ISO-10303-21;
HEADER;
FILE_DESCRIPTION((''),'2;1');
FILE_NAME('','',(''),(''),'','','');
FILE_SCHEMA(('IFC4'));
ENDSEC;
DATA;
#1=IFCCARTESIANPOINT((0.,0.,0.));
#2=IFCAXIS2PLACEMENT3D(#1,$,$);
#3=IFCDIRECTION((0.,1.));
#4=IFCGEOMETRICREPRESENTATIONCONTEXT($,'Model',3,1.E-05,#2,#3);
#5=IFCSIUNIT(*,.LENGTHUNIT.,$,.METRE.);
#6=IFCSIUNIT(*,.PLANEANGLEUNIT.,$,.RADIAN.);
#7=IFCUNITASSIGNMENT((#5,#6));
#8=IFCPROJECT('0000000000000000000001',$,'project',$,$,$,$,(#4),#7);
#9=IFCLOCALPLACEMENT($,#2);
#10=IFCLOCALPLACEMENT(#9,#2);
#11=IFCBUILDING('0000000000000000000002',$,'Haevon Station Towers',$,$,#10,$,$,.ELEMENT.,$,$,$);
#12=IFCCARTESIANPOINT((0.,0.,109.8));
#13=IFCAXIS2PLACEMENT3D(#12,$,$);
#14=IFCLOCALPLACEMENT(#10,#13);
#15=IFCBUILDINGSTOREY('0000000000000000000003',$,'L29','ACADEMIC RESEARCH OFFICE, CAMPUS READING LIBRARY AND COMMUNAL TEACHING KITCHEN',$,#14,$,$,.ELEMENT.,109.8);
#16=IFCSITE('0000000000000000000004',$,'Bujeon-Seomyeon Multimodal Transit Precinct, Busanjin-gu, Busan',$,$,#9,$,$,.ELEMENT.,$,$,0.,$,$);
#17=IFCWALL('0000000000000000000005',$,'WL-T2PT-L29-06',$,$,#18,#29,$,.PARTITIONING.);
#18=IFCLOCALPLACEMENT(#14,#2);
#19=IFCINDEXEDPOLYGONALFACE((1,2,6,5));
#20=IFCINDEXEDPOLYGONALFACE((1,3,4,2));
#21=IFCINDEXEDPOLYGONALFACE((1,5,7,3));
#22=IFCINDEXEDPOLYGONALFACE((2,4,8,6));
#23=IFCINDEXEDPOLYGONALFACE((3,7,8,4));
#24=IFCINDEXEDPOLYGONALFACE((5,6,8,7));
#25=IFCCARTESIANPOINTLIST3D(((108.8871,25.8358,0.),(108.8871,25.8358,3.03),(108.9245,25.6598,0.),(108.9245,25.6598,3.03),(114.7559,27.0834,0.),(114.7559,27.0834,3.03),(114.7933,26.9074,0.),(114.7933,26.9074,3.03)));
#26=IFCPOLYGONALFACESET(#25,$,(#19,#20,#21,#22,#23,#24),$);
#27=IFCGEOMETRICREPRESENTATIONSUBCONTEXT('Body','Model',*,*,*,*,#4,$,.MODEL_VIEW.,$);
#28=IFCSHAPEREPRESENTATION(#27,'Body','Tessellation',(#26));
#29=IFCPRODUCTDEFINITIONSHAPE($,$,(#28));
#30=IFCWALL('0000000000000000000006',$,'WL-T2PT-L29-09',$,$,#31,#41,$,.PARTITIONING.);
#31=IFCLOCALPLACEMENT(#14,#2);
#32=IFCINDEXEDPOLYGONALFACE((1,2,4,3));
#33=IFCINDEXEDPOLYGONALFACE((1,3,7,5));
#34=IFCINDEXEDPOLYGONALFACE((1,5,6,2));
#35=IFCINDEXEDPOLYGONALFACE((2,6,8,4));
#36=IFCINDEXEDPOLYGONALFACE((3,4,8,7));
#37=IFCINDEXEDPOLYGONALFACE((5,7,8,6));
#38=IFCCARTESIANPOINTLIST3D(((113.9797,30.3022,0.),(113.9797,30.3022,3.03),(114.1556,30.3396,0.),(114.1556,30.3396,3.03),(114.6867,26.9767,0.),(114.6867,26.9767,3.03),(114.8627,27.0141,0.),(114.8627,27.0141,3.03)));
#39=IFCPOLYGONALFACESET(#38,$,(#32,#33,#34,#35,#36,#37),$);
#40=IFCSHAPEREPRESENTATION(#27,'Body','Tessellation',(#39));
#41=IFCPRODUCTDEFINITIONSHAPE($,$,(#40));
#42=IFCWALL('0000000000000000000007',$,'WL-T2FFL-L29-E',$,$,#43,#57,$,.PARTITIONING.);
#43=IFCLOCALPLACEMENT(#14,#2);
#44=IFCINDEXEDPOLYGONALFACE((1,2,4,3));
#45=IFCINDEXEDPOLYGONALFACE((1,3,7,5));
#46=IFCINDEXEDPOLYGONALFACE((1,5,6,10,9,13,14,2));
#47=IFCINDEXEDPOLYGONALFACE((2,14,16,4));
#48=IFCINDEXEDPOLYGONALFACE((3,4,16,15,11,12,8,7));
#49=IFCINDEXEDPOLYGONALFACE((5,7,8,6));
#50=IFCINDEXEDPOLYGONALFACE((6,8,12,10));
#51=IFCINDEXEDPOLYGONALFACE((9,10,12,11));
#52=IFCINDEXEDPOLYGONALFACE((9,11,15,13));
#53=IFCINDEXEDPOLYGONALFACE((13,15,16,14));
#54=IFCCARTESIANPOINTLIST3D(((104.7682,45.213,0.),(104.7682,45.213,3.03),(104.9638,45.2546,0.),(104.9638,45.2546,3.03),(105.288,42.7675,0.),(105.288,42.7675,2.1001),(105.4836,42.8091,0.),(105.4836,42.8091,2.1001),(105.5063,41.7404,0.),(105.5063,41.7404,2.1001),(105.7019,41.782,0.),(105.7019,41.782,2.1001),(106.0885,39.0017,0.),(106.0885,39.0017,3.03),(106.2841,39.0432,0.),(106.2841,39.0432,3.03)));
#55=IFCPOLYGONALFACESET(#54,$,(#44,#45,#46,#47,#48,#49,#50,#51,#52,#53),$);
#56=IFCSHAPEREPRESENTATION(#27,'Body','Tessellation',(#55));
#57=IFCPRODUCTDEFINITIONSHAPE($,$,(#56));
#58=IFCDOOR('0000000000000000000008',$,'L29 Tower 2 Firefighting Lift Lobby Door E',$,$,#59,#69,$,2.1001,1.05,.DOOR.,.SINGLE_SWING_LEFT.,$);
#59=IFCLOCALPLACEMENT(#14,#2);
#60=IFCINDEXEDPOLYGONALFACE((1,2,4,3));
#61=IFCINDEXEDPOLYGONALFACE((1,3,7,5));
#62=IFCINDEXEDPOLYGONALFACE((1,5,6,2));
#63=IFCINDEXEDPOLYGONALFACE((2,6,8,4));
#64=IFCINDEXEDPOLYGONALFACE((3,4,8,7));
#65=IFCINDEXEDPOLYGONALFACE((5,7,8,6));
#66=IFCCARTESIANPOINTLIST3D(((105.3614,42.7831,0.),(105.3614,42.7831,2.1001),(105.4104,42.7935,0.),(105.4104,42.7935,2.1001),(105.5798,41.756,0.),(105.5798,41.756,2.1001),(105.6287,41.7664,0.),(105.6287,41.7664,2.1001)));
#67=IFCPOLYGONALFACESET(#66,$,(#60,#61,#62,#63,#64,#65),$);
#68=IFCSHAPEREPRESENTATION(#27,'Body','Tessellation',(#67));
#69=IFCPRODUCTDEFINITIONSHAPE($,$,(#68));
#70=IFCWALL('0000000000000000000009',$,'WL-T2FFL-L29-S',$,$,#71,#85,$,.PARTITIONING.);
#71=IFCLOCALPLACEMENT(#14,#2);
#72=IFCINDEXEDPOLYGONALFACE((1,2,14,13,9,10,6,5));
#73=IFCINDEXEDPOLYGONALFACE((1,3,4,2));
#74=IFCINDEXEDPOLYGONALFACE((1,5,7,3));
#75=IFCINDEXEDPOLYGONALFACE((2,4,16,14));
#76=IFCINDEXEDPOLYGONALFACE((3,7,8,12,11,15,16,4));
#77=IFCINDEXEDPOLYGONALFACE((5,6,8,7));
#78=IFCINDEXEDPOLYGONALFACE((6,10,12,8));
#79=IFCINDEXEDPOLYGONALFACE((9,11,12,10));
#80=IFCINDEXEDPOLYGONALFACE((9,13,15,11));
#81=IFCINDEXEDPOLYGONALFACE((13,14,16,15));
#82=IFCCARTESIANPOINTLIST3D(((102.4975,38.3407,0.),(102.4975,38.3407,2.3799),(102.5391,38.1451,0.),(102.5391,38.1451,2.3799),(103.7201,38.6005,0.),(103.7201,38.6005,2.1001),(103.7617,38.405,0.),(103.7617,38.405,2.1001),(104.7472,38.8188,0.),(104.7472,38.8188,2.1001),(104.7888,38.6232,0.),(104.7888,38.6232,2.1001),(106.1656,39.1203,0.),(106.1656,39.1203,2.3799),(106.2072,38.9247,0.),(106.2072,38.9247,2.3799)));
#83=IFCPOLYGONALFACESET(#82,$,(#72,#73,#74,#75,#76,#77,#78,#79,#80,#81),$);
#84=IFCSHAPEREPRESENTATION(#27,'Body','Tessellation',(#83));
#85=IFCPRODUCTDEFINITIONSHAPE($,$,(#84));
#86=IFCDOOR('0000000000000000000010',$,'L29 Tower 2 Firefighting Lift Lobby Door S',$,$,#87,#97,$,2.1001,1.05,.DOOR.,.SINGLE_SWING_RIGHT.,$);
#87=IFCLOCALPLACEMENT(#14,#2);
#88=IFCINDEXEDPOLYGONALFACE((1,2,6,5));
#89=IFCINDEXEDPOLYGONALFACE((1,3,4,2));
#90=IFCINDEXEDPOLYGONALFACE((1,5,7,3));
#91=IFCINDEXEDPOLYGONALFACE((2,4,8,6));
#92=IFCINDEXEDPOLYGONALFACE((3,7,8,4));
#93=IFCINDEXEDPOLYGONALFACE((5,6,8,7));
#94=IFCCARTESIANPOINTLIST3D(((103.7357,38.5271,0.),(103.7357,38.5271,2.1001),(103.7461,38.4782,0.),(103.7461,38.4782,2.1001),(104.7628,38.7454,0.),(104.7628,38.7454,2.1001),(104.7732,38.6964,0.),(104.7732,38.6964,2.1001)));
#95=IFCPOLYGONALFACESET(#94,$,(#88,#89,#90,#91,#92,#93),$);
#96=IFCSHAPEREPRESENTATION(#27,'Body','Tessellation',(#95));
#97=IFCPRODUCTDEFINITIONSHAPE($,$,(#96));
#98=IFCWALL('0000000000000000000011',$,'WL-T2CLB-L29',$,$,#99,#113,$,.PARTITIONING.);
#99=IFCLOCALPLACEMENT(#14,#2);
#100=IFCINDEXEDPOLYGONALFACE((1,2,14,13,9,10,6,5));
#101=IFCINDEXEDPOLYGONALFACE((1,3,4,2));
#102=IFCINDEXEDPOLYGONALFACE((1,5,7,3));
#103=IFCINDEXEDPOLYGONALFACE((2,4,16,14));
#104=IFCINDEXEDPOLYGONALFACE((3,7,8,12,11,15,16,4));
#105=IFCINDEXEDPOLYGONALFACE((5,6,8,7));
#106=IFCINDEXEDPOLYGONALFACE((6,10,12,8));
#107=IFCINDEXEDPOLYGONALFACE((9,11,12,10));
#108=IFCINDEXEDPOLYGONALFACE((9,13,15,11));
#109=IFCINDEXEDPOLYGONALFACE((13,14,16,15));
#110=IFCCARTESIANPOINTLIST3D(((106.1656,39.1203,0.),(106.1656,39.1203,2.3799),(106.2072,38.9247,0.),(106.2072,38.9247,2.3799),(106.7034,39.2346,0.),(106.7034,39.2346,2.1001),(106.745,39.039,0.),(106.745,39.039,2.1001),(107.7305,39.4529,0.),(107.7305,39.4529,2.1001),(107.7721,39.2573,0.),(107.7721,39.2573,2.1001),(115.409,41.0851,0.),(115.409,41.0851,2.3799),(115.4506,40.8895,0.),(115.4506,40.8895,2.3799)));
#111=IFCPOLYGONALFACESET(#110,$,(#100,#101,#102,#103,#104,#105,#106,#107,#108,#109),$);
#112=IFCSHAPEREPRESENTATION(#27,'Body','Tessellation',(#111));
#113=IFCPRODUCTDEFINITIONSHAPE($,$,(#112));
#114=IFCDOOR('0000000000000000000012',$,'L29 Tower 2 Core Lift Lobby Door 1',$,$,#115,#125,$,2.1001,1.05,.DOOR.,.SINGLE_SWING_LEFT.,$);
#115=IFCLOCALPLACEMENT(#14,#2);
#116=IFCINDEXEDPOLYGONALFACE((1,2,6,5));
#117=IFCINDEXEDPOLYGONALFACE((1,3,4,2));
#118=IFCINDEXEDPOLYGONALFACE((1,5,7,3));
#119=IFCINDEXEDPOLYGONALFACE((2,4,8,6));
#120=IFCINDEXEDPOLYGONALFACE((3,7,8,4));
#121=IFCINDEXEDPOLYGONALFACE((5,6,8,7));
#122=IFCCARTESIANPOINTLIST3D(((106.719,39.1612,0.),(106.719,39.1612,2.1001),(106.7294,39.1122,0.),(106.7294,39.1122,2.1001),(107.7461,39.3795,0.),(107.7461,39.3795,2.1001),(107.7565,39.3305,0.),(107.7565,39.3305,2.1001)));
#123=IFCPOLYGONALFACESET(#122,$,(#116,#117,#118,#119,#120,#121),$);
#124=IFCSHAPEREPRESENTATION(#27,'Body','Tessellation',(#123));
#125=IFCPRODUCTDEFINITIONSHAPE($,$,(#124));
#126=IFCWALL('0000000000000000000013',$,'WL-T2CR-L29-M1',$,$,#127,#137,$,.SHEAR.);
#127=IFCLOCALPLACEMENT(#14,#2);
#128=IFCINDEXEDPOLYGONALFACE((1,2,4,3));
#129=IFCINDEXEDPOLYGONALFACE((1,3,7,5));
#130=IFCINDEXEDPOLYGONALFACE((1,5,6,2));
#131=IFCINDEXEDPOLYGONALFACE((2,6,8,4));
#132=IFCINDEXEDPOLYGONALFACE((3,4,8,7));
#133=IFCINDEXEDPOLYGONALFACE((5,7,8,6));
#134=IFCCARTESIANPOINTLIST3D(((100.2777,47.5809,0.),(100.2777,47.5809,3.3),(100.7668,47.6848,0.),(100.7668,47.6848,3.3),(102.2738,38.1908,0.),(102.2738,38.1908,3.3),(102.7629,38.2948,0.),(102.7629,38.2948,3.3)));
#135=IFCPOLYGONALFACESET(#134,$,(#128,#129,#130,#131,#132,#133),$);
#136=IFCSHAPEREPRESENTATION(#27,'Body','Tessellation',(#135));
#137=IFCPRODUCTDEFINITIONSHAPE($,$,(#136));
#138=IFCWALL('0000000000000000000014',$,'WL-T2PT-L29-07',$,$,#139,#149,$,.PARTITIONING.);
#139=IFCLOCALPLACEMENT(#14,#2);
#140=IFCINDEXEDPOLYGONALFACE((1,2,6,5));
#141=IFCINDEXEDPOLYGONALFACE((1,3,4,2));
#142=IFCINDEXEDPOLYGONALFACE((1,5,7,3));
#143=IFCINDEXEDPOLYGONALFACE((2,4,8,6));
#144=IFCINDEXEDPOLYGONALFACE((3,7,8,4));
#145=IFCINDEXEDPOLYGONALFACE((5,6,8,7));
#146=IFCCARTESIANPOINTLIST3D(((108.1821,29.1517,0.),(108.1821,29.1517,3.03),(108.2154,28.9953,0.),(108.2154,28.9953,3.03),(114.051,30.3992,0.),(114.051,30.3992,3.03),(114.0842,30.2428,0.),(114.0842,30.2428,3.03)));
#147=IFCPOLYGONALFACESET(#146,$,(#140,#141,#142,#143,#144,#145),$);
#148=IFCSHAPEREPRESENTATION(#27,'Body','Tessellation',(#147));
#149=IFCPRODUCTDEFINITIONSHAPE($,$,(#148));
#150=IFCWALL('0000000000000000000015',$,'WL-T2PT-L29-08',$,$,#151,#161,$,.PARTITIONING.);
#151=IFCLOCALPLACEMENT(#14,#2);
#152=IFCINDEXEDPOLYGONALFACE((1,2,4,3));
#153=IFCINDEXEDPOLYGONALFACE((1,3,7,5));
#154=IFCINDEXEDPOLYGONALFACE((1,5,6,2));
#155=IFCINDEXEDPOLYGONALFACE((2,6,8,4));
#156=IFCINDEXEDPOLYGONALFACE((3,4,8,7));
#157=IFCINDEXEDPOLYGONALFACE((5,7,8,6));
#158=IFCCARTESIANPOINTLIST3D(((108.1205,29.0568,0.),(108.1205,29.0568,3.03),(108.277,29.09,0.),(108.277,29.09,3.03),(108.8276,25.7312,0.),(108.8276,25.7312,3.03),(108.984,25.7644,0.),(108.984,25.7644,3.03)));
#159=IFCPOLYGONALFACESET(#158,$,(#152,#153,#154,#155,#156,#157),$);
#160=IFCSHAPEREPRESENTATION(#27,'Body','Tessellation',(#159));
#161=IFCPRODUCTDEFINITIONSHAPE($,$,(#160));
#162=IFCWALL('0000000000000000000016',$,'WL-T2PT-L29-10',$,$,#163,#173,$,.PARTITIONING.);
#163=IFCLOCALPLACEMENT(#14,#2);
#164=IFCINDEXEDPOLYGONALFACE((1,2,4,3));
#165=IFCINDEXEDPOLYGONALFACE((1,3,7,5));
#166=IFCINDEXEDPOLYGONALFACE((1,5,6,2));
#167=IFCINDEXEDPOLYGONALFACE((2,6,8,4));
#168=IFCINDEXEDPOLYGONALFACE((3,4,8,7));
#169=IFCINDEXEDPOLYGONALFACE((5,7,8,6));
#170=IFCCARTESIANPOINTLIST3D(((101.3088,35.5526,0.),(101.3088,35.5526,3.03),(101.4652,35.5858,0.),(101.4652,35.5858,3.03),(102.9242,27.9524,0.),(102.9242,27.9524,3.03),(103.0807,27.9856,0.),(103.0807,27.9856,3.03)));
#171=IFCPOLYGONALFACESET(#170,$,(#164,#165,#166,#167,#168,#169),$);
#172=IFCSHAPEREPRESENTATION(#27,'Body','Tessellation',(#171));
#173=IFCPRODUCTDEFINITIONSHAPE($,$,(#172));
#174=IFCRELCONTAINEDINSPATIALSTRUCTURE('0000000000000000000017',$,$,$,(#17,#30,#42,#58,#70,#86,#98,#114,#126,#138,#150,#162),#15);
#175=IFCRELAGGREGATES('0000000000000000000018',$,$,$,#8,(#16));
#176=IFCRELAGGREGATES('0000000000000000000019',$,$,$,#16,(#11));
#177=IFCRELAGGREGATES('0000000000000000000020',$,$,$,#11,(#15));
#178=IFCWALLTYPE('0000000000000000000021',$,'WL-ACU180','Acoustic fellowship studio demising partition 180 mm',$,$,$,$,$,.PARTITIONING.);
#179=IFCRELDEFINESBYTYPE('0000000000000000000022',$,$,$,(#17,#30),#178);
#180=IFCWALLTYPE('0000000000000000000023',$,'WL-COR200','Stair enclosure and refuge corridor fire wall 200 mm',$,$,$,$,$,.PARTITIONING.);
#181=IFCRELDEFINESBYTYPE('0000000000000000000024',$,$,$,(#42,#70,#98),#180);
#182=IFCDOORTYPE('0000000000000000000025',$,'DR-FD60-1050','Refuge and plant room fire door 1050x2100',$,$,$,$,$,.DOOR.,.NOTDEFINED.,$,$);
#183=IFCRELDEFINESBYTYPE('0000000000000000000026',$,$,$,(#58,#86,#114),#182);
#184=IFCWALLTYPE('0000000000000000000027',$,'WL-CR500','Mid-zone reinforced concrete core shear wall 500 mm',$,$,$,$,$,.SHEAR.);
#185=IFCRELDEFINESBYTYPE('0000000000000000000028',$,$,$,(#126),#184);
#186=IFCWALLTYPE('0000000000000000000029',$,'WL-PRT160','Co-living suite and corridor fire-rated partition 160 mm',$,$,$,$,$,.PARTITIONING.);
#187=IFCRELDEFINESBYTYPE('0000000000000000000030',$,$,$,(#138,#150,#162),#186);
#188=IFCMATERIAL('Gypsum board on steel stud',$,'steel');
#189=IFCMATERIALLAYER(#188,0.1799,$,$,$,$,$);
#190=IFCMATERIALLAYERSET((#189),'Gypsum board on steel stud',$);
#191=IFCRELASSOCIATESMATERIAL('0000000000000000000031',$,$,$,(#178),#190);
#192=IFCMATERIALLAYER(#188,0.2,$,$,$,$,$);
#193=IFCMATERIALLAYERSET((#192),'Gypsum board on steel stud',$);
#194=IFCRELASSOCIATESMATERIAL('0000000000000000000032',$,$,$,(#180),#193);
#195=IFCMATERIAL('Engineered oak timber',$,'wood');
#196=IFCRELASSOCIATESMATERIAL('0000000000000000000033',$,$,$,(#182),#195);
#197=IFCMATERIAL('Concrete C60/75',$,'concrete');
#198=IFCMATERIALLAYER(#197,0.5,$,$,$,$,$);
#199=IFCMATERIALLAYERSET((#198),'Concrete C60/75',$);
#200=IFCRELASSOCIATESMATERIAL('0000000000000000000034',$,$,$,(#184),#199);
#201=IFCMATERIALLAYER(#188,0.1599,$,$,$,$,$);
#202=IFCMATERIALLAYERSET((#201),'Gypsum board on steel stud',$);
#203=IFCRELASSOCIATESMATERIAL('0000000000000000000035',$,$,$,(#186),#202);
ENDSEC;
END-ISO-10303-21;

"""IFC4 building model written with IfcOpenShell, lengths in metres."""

from ifc_helpers import new_model, si_unit, direction, frame, frame_2d, origin, place, context, subcontext, project, spatial, rectangle, extrude, material, layer, layer_set, type_object, element, fill, save


model = new_model("IFC4")

# Units and contexts
model_context = context("Model", 3, precision=1e-05, world=origin(), true_north=direction((0.0, 1.0)))
body_context = subcontext(model_context, "Body", "Model", "MODEL_VIEW")
ifc_project = project(units=[si_unit("LENGTHUNIT", "METRE"), si_unit("PLANEANGLEUNIT", "RADIAN")], contexts=[model_context])

# Site, building, storey
site_placement = place(None, origin())
site = spatial("IfcSite", under=ifc_project, at=site_placement, Name="Bujeon-Seomyeon Multimodal Transit Precinct, Busanjin-gu, Busan", CompositionType="ELEMENT", RefElevation=0.0)
building_placement = place(site_placement, origin())
building = spatial("IfcBuilding", under=site, at=building_placement, Name="Haevon Station Towers", CompositionType="ELEMENT")
storey_placement = place(building_placement, frame((0.0, 0.0, 109.8)))
storey = spatial("IfcBuildingStorey", under=building, at=storey_placement, Name="L29", Description="ACADEMIC RESEARCH OFFICE, CAMPUS READING LIBRARY AND COMMUNAL TEACHING KITCHEN", CompositionType="ELEMENT", Elevation=109.8)

# Walls
ifc_material_1 = material(Name="Gypsum board on steel stud", Category="steel")
ifc_layer_1 = layer(ifc_material_1, 0.1799)
ifc_layer_set_1 = layer_set([ifc_layer_1], Name="Gypsum board on steel stud")
wall_type_1 = type_object("IfcWallType", Name="WL-ACU180", Description="Acoustic fellowship studio demising partition 180 mm", PredefinedType="PARTITIONING", material=ifc_layer_set_1)
wall_1_placement = place(storey_placement, frame((108.9058, 25.7478, 0.0), z_axis=(0.0, 0.0, 1.0), x_axis=(0.978145, 0.207925, 0.0)))
element("IfcWall", 1, at=wall_1_placement, inside=storey, type_object=wall_type_1, Name="WL-T2PT-L29-06", PredefinedType="PARTITIONING", context=body_context, shape_type="SweptSolid", body=[
    extrude(rectangle(XDim=6.0, YDim=0.1799, at=frame_2d((3.0, 0.0))), origin(), (0.0, 0.0, 1.0), 3.03),
])
wall_2_placement = place(storey_placement, frame((114.7747, 26.9954, 0.0), z_axis=(0.0, 0.0, 1.0), x_axis=(-0.20795, 0.97814, 0.0)))
element("IfcWall", 2, at=wall_2_placement, inside=storey, type_object=wall_type_1, Name="WL-T2PT-L29-09", PredefinedType="PARTITIONING", context=body_context, shape_type="SweptSolid", body=[
    extrude(rectangle(XDim=3.3999, YDim=0.1799, at=frame_2d((1.7, 0.0))), origin(), (0.0, 0.0, 1.0), 3.03),
])

# Walls, openings, doors
ifc_layer_2 = layer(ifc_material_1, 0.2)
ifc_layer_set_2 = layer_set([ifc_layer_2], Name="Gypsum board on steel stud")
wall_type_2 = type_object("IfcWallType", Name="WL-COR200", Description="Stair enclosure and refuge corridor fire wall 200 mm", PredefinedType="PARTITIONING", material=ifc_layer_set_2)
wall_3_placement = place(storey_placement, frame((106.1863, 39.0225, 0.0), z_axis=(0.0, 0.0, 1.0), x_axis=(-0.207917, 0.978147, 0.0)))
wall_3 = element("IfcWall", 3, at=wall_3_placement, inside=storey, type_object=wall_type_2, Name="WL-T2FFL-L29-E", PredefinedType="PARTITIONING", context=body_context, shape_type="SweptSolid", body=[
    extrude(rectangle(XDim=6.3501, YDim=0.2, at=frame_2d((3.175, 0.0))), origin(), (0.0, 0.0, 1.0), 3.03),
])
opening_1_placement = place(wall_3_placement, frame((2.8, 0.0, 0.0)))
opening_1 = element("IfcOpeningElement", 4, at=opening_1_placement, cuts=wall_3, PredefinedType="OPENING", context=body_context, shape_type="SweptSolid", body=[
    extrude(rectangle(XDim=1.05, YDim=2.1001, at=frame_2d((0.5249, 1.05))), frame((0.0, 0.1099, 0.0), z_axis=(0.0, -1.0, 0.0), x_axis=(1.0, 0.0, 0.0)), (0.0, 0.0, 1.0), 0.22),
])
ifc_material_2 = material(Name="Engineered oak timber", Category="wood")
door_type = type_object("IfcDoorType", Name="DR-FD60-1050", Description="Refuge and plant room fire door 1050x2100", OperationType="NOTDEFINED", PredefinedType="DOOR", material=ifc_material_2)
door_1_placement = place(opening_1_placement, origin())
door_1 = element("IfcDoor", 5, at=door_1_placement, inside=storey, type_object=door_type, Name="L29 Tower 2 Firefighting Lift Lobby Door E", OperationType="SINGLE_SWING_LEFT", OverallHeight=2.1001, OverallWidth=1.05, PredefinedType="DOOR", context=body_context, shape_type="SweptSolid", body=[
    extrude(rectangle(XDim=1.05, YDim=2.1001, at=frame_2d((0.5249, 1.05))), frame((0.0, 0.0249, 0.0), z_axis=(0.0, -1.0, 0.0), x_axis=(1.0, 0.0, 0.0)), (0.0, 0.0, 1.0), 0.05),
])
fill(opening_1, door_1)
wall_4_placement = place(storey_placement, frame((102.5183, 38.2429, 0.0), z_axis=(0.0, 0.0, 1.0), x_axis=(0.978154, 0.207884, 0.0)))
wall_4 = element("IfcWall", 6, at=wall_4_placement, inside=storey, type_object=wall_type_2, Name="WL-T2FFL-L29-S", PredefinedType="PARTITIONING", context=body_context, shape_type="SweptSolid", body=[
    extrude(rectangle(XDim=3.75, YDim=0.2, at=frame_2d((1.875, 0.0))), origin(), (0.0, 0.0, 1.0), 2.3799),
])
opening_2_placement = place(wall_4_placement, frame((1.25, 0.0, 0.0)))
opening_2 = element("IfcOpeningElement", 7, at=opening_2_placement, cuts=wall_4, PredefinedType="OPENING", context=body_context, shape_type="SweptSolid", body=[
    extrude(rectangle(XDim=1.05, YDim=2.1001, at=frame_2d((0.5249, 1.05))), frame((0.0, 0.1099, 0.0), z_axis=(0.0, -1.0, 0.0), x_axis=(1.0, 0.0, 0.0)), (0.0, 0.0, 1.0), 0.22),
])
door_2_placement = place(opening_2_placement, origin())
door_2 = element("IfcDoor", 8, at=door_2_placement, inside=storey, type_object=door_type, Name="L29 Tower 2 Firefighting Lift Lobby Door S", OperationType="SINGLE_SWING_RIGHT", OverallHeight=2.1001, OverallWidth=1.05, PredefinedType="DOOR", context=body_context, shape_type="SweptSolid", body=[
    extrude(rectangle(XDim=1.05, YDim=2.1001, at=frame_2d((0.5249, 1.05))), frame((0.0, 0.0249, 0.0), z_axis=(0.0, -1.0, 0.0), x_axis=(1.0, 0.0, 0.0)), (0.0, 0.0, 1.0), 0.05),
])
fill(opening_2, door_2)
wall_5_placement = place(storey_placement, frame((106.1863, 39.0225, 0.0), z_axis=(0.0, 0.0, 1.0), x_axis=(0.978146, 0.207921, 0.0)))
wall_5 = element("IfcWall", 9, at=wall_5_placement, inside=storey, type_object=wall_type_2, Name="WL-T2CLB-L29", PredefinedType="PARTITIONING", context=body_context, shape_type="SweptSolid", body=[
    extrude(rectangle(XDim=9.45, YDim=0.2, at=frame_2d((4.7251, 0.0))), origin(), (0.0, 0.0, 1.0), 2.3799),
])
opening_3_placement = place(wall_5_placement, frame((0.55, 0.0, 0.0)))
opening_3 = element("IfcOpeningElement", 10, at=opening_3_placement, cuts=wall_5, PredefinedType="OPENING", context=body_context, shape_type="SweptSolid", body=[
    extrude(rectangle(XDim=1.05, YDim=2.1001, at=frame_2d((0.5249, 1.05))), frame((0.0, 0.1099, 0.0), z_axis=(0.0, -1.0, 0.0), x_axis=(1.0, 0.0, 0.0)), (0.0, 0.0, 1.0), 0.22),
])
door_3_placement = place(opening_3_placement, origin())
door_3 = element("IfcDoor", 11, at=door_3_placement, inside=storey, type_object=door_type, Name="L29 Tower 2 Core Lift Lobby Door 1", OperationType="SINGLE_SWING_LEFT", OverallHeight=2.1001, OverallWidth=1.05, PredefinedType="DOOR", context=body_context, shape_type="SweptSolid", body=[
    extrude(rectangle(XDim=1.05, YDim=2.1001, at=frame_2d((0.5249, 1.05))), frame((0.0, 0.0249, 0.0), z_axis=(0.0, -1.0, 0.0), x_axis=(1.0, 0.0, 0.0)), (0.0, 0.0, 1.0), 0.05),
])
fill(opening_3, door_3)

# Walls
ifc_material_3 = material(Name="Concrete C60/75", Category="concrete")
ifc_layer_3 = layer(ifc_material_3, 0.5)
ifc_layer_set_3 = layer_set([ifc_layer_3], Name="Concrete C60/75")
wall_type_3 = type_object("IfcWallType", Name="WL-CR500", Description="Mid-zone reinforced concrete core shear wall 500 mm", PredefinedType="SHEAR", material=ifc_layer_set_3)
wall_6_placement = place(storey_placement, frame((102.5183, 38.2429, 0.0), z_axis=(0.0, 0.0, 1.0), x_axis=(-0.207927, 0.978144, 0.0)))
element("IfcWall", 12, at=wall_6_placement, inside=storey, type_object=wall_type_3, Name="WL-T2CR-L29-M1", PredefinedType="SHEAR", context=body_context, shape_type="SweptSolid", body=[
    extrude(rectangle(XDim=9.5999, YDim=0.5, at=frame_2d((4.7998, 0.0))), origin(), (0.0, 0.0, 1.0), 3.3),
])
ifc_layer_4 = layer(ifc_material_1, 0.1599)
ifc_layer_set_4 = layer_set([ifc_layer_4], Name="Gypsum board on steel stud")
wall_type_4 = type_object("IfcWallType", Name="WL-PRT160", Description="Co-living suite and corridor fire-rated partition 160 mm", PredefinedType="PARTITIONING", material=ifc_layer_set_4)
wall_7_placement = place(storey_placement, frame((108.1987, 29.0735, 0.0), z_axis=(0.0, 0.0, 1.0), x_axis=(0.978145, 0.207925, 0.0)))
element("IfcWall", 13, at=wall_7_placement, inside=storey, type_object=wall_type_4, Name="WL-T2PT-L29-07", PredefinedType="PARTITIONING", context=body_context, shape_type="SweptSolid", body=[
    extrude(rectangle(XDim=6.0, YDim=0.1599, at=frame_2d((3.0, 0.0))), origin(), (0.0, 0.0, 1.0), 3.03),
])
wall_8_placement = place(storey_placement, frame((108.9058, 25.7478, 0.0), z_axis=(0.0, 0.0, 1.0), x_axis=(-0.20795, 0.97814, 0.0)))
element("IfcWall", 14, at=wall_8_placement, inside=storey, type_object=wall_type_4, Name="WL-T2PT-L29-08", PredefinedType="PARTITIONING", context=body_context, shape_type="SweptSolid", body=[
    extrude(rectangle(XDim=3.3999, YDim=0.1599, at=frame_2d((1.7, 0.0))), origin(), (0.0, 0.0, 1.0), 3.03),
])
for number, where, z_axis, x_axis, name in (
    (15, (103.0024, 27.969, 0.0), (0.0, 0.0, 1.0), (-0.207909, 0.978148, 0.0), "WL-T2PT-L29-10"),
):
    element("IfcWall", number, at=place(storey_placement, frame(where, z_axis=z_axis, x_axis=x_axis)), inside=storey, type_object=wall_type_4, Name=name, PredefinedType="PARTITIONING", context=body_context, shape_type="SweptSolid", body=[
        extrude(rectangle(XDim=7.77, YDim=0.1599, at=frame_2d((3.885, 0.0))), origin(), (0.0, 0.0, 1.0), 3.03),
    ])

save(model, "model.ifc")
